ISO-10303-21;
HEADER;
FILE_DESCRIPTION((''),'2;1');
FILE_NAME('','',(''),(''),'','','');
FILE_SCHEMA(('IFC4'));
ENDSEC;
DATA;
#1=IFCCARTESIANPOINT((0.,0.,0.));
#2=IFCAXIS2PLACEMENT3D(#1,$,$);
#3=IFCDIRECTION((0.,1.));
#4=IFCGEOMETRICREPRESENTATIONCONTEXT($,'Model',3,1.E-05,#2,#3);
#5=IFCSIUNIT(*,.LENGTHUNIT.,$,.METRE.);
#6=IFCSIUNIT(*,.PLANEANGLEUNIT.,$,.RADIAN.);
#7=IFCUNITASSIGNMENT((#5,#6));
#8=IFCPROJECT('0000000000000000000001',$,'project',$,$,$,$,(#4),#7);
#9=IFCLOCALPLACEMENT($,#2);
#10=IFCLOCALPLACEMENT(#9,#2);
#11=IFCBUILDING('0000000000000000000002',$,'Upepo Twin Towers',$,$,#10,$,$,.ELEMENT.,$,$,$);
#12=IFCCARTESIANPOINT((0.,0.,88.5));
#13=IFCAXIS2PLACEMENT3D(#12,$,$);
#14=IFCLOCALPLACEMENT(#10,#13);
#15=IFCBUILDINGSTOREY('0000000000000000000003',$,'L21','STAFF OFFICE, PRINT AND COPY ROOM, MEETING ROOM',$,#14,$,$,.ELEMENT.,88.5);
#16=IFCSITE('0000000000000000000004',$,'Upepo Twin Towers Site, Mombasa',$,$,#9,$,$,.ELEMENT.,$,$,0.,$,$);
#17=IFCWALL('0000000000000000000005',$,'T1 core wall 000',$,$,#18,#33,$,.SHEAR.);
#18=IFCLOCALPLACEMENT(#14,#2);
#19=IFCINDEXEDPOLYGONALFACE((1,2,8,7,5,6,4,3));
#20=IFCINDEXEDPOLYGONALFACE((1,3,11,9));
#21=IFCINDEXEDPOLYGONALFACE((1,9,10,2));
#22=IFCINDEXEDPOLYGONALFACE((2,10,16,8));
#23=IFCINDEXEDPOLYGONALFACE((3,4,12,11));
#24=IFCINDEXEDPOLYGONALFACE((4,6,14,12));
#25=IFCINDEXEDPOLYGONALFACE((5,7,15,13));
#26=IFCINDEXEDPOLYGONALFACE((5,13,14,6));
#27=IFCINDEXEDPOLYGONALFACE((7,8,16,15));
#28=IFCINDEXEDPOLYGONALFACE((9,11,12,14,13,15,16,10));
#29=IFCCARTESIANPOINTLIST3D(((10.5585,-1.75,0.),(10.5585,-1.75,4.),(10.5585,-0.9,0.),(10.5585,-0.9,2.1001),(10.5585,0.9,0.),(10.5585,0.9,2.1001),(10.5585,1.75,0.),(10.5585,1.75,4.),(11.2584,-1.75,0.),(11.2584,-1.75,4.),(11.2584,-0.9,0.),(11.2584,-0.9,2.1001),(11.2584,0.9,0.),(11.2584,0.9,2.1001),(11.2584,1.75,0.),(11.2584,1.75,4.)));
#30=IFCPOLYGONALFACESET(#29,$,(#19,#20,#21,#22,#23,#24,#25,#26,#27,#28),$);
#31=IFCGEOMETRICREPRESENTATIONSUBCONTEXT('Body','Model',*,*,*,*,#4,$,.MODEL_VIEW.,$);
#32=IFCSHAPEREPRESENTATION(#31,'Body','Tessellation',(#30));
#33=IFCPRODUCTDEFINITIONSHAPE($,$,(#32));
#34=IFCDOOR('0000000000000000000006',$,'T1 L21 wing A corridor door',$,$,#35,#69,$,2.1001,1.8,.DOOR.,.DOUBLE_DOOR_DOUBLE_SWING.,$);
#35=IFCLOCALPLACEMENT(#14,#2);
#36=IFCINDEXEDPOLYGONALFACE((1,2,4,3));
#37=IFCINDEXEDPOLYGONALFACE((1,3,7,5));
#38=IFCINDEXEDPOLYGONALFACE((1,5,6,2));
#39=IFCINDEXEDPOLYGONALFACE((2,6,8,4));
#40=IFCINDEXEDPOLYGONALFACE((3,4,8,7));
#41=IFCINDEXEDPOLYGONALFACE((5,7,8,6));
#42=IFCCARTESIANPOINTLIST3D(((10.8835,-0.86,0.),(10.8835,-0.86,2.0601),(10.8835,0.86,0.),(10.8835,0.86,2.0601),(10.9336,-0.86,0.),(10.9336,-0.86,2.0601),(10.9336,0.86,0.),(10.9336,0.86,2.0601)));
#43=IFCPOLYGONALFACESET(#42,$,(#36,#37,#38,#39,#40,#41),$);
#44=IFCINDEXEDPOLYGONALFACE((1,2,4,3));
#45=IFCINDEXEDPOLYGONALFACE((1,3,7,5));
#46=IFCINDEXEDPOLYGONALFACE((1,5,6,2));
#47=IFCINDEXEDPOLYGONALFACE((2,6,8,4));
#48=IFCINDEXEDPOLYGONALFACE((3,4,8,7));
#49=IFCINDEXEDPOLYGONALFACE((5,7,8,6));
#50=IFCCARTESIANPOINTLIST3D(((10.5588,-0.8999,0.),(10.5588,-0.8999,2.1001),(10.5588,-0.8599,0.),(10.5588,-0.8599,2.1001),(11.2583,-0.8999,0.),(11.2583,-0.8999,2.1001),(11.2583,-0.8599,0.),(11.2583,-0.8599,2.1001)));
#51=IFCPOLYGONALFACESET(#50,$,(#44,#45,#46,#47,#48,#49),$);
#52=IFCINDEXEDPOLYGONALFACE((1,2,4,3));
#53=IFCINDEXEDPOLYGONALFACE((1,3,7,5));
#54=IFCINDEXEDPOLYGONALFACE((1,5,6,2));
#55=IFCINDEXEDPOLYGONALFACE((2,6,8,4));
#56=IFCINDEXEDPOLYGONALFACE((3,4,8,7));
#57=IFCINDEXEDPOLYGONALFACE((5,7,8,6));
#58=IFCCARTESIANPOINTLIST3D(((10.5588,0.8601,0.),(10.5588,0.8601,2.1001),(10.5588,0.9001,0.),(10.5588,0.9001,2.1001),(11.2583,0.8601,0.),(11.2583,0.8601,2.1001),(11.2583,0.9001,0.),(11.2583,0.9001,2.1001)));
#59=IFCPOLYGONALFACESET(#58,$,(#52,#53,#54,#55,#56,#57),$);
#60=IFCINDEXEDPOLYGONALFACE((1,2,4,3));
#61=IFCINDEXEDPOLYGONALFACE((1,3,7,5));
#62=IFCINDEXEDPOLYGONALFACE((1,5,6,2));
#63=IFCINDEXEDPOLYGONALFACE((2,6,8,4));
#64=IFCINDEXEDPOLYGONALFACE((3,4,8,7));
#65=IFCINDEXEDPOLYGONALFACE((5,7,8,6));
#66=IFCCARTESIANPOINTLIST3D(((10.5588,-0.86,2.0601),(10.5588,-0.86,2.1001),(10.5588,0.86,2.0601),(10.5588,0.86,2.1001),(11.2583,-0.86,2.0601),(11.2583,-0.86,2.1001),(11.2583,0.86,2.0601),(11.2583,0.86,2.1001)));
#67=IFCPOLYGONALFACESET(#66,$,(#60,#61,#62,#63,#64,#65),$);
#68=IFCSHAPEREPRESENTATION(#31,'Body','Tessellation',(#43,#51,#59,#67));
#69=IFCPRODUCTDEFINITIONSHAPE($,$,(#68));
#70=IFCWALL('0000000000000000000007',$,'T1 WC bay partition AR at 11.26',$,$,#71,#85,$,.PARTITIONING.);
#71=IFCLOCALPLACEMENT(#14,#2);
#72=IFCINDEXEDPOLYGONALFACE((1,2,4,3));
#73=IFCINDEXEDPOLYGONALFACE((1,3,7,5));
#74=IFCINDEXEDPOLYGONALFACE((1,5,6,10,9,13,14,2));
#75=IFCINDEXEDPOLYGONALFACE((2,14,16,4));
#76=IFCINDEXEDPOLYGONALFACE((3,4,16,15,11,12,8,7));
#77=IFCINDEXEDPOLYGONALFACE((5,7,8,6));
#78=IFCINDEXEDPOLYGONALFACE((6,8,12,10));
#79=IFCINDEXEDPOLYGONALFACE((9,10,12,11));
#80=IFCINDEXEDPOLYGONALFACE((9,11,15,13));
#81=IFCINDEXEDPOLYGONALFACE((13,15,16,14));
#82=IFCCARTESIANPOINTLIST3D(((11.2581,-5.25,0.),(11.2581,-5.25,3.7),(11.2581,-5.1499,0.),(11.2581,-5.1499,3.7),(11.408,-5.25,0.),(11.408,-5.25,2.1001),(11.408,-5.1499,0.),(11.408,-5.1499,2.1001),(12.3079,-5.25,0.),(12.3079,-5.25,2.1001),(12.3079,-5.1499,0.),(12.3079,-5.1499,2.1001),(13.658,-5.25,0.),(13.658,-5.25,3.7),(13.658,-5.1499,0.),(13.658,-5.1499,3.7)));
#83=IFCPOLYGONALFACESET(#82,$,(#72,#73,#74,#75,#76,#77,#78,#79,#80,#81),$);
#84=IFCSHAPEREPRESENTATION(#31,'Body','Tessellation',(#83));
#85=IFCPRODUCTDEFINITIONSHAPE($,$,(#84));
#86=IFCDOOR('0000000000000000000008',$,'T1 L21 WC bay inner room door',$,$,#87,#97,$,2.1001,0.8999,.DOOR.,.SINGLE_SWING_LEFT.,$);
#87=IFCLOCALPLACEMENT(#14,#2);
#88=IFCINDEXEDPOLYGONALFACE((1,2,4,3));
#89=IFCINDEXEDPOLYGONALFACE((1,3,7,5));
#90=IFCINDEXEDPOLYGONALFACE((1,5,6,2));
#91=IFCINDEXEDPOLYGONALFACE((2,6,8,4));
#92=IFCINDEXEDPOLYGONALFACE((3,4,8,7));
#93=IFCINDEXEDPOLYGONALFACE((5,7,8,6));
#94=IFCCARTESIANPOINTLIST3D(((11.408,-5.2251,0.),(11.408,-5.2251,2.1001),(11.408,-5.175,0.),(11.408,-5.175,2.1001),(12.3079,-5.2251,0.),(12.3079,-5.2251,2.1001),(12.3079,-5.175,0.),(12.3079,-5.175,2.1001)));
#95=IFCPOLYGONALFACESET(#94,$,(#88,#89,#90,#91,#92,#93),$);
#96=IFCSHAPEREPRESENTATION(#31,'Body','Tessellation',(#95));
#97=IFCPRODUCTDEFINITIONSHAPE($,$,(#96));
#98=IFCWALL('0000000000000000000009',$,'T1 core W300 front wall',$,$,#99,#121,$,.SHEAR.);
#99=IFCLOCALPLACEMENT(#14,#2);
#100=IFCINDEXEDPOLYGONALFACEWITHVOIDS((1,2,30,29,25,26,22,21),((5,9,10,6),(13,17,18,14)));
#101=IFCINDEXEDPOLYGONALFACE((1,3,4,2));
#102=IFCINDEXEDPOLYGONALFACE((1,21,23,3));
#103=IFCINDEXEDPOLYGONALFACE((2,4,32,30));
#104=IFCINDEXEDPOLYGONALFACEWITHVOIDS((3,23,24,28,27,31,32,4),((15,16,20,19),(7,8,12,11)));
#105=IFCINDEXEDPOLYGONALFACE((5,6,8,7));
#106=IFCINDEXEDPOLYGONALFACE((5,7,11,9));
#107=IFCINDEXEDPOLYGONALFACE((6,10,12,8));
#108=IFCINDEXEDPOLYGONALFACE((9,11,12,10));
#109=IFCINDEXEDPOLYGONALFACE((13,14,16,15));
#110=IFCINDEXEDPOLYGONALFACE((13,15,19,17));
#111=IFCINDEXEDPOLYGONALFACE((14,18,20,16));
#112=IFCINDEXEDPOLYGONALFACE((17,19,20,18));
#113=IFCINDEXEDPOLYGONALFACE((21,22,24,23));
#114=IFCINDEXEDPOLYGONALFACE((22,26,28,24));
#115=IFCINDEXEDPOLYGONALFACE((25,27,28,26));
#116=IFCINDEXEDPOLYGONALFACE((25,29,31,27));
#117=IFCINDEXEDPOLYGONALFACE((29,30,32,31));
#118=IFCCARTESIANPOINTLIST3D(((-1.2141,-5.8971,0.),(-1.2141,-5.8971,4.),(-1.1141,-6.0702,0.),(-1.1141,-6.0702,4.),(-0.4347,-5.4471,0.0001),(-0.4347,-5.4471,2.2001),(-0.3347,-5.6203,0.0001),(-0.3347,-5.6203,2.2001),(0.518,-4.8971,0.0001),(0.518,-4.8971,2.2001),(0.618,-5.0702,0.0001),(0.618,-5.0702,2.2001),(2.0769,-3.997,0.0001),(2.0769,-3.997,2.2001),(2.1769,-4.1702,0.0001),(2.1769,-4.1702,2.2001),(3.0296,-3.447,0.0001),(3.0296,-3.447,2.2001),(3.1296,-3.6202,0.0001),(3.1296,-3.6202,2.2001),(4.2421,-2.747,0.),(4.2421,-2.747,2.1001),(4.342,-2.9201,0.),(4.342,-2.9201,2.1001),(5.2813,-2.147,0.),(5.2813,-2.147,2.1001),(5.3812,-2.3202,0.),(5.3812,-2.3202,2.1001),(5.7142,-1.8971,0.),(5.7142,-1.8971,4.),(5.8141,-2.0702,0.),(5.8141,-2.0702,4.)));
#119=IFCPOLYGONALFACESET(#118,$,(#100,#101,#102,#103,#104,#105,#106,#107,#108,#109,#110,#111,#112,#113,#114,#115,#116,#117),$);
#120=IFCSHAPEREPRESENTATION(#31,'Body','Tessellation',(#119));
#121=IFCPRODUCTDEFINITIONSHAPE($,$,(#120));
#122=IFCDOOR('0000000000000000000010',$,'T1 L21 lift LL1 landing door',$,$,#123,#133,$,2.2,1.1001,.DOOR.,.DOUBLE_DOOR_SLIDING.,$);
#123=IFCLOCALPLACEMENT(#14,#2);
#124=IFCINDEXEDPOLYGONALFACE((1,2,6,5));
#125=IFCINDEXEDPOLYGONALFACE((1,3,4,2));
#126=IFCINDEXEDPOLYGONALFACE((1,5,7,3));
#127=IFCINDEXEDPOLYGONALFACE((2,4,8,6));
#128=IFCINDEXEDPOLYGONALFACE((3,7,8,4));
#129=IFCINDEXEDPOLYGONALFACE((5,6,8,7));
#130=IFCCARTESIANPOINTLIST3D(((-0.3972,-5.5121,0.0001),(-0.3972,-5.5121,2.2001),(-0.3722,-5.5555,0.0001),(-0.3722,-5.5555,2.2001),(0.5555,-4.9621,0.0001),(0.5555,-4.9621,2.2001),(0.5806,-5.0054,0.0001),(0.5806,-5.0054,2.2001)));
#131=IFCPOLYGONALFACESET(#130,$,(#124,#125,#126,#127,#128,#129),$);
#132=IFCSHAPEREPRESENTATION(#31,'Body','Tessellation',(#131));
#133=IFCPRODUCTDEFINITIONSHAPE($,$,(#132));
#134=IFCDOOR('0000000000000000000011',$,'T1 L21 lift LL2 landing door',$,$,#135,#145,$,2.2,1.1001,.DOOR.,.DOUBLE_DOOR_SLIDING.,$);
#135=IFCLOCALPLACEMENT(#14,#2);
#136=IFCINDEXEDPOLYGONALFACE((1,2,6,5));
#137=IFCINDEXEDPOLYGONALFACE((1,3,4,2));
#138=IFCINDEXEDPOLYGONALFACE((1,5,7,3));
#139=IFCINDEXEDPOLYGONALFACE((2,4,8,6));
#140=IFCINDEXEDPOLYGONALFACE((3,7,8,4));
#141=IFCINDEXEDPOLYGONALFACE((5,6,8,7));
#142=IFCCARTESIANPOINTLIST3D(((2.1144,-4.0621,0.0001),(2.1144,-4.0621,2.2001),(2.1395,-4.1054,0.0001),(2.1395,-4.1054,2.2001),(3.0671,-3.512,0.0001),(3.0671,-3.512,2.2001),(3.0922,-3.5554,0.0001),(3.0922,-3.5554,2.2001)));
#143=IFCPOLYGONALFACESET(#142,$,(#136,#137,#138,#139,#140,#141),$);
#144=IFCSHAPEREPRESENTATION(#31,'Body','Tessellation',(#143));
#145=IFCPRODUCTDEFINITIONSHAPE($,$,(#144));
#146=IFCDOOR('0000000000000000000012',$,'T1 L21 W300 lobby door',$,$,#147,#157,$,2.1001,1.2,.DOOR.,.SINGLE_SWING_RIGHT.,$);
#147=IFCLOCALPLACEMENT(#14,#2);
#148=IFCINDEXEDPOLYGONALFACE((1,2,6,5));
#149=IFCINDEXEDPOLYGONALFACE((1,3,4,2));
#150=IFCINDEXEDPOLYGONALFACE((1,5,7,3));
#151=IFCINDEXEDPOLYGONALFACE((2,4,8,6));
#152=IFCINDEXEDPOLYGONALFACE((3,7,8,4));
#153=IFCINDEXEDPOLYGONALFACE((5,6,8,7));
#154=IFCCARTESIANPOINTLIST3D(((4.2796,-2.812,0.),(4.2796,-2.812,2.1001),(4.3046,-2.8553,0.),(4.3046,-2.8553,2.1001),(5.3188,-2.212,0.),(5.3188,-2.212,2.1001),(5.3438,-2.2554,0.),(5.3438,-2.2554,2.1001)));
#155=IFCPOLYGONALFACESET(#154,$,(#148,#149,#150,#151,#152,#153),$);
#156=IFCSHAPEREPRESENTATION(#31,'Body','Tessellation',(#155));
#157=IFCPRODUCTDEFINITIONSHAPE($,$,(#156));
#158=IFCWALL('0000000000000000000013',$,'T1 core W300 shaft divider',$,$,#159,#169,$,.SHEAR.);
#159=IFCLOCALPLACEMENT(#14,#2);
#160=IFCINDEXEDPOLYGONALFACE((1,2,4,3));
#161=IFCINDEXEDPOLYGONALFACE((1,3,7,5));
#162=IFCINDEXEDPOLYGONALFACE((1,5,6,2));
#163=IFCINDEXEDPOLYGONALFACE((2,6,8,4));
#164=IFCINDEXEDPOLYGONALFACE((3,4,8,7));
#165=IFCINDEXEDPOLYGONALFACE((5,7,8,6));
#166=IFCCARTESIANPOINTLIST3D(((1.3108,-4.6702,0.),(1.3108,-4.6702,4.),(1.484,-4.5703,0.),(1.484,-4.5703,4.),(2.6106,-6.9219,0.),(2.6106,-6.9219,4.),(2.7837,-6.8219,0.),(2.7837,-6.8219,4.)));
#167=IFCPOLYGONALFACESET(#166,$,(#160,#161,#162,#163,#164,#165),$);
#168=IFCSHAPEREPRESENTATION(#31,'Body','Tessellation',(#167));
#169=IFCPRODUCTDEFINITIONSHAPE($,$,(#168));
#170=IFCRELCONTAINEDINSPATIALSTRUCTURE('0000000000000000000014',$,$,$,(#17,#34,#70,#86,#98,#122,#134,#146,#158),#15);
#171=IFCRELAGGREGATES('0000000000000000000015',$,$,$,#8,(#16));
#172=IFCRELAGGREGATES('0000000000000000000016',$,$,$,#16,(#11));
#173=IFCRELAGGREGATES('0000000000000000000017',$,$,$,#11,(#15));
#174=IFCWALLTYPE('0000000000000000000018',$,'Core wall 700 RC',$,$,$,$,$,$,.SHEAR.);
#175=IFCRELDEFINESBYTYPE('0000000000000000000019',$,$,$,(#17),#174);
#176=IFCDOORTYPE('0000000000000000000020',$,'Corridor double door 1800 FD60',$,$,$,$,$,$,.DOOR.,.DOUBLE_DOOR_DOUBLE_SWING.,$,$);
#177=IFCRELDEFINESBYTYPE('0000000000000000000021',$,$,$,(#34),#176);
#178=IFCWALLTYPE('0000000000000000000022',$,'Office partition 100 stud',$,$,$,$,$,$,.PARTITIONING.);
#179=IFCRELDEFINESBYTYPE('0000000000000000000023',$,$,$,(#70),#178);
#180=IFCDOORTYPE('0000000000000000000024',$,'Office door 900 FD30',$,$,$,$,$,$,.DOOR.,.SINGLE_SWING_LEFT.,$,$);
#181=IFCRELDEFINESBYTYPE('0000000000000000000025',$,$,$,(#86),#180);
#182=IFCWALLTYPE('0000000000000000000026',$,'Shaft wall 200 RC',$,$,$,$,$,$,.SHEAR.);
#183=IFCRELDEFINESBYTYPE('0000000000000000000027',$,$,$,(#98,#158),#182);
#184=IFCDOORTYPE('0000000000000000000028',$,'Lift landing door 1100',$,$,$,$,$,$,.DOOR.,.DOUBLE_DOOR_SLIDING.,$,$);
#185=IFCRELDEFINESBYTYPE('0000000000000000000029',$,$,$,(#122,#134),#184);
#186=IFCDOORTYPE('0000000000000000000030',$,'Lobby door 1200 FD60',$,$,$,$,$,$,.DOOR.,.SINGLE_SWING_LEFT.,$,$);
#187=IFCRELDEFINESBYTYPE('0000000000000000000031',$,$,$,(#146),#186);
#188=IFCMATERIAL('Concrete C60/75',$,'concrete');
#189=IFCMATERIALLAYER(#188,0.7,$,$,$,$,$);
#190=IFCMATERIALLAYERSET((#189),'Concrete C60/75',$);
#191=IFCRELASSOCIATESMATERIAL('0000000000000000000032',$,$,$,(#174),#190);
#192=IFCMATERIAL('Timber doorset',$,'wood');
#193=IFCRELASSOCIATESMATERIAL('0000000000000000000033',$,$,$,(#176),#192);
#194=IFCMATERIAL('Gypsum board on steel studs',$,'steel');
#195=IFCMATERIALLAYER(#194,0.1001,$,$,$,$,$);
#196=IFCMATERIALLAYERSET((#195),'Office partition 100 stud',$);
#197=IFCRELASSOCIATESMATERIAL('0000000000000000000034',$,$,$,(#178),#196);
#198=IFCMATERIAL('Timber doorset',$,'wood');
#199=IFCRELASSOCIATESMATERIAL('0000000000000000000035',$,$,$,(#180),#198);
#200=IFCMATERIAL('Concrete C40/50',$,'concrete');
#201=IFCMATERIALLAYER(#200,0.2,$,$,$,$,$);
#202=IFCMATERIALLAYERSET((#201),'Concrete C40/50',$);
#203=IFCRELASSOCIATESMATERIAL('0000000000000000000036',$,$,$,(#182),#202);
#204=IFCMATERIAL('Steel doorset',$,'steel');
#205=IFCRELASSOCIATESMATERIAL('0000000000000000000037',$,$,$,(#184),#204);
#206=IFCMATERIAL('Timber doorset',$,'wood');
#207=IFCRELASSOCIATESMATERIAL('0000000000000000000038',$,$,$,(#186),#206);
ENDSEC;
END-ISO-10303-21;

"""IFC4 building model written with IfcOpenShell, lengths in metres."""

from ifc_helpers import new_model, si_unit, direction, frame, frame_2d, origin, place, context, subcontext, project, spatial, rectangle, extrude, material, layer, layer_set, type_object, element, fill, save


model = new_model("IFC4")

# Units and contexts
model_context = context("Model", 3, precision=1e-05, world=origin(), true_north=direction((0.0, 1.0)))
body_context = subcontext(model_context, "Body", "Model", "MODEL_VIEW")
ifc_project = project(units=[si_unit("LENGTHUNIT", "METRE"), si_unit("PLANEANGLEUNIT", "RADIAN")], contexts=[model_context])

# Site, building, storey
site_placement = place(None, origin())
site = spatial("IfcSite", under=ifc_project, at=site_placement, Name="Upepo Twin Towers Site, Mombasa", CompositionType="ELEMENT", RefElevation=0.0)
building_placement = place(site_placement, origin())
building = spatial("IfcBuilding", under=site, at=building_placement, Name="Upepo Twin Towers", CompositionType="ELEMENT")
storey_placement = place(building_placement, frame((0.0, 0.0, 88.5)))
storey = spatial("IfcBuildingStorey", under=building, at=storey_placement, Name="L21", Description="STAFF OFFICE, PRINT AND COPY ROOM, MEETING ROOM", CompositionType="ELEMENT", Elevation=88.5)

# Shared definitions
ifc_material_1 = material(Name="Concrete C60/75", Category="concrete")
ifc_layer_1 = layer(ifc_material_1, 0.7)
ifc_layer_set_1 = layer_set([ifc_layer_1], Name="Concrete C60/75")
wall_type_1 = type_object("IfcWallType", Name="Core wall 700 RC", PredefinedType="SHEAR", material=ifc_layer_set_1)

# Walls, openings, doors
wall_1_placement = place(storey_placement, frame((10.9084, -1.75, 0.0), z_axis=(0.0, 0.0, 1.0), x_axis=(0.0, 1.0, 0.0)))
wall_1 = element("IfcWall", 1, at=wall_1_placement, inside=storey, type_object=wall_type_1, Name="T1 core wall 000", PredefinedType="SHEAR", context=body_context, shape_type="SweptSolid", body=[
    extrude(rectangle(XDim=3.5, YDim=0.7, at=frame_2d((1.75, 0.0))), origin(), (0.0, 0.0, 1.0), 4.0),
])
opening_1_placement = place(wall_1_placement, frame((0.8501, 0.0, 0.0)))
opening_1 = element("IfcOpeningElement", 2, at=opening_1_placement, cuts=wall_1, PredefinedType="OPENING", context=body_context, shape_type="SweptSolid", body=[
    extrude(rectangle(XDim=1.8, YDim=2.1001, at=frame_2d((0.8999, 1.05))), frame((0.0, 0.3599, 0.0), z_axis=(0.0, -1.0, 0.0), x_axis=(1.0, 0.0, 0.0)), (0.0, 0.0, 1.0), 0.72),
])
ifc_material_2 = material(Name="Timber doorset", Category="wood")
door_type_1 = type_object("IfcDoorType", Name="Corridor double door 1800 FD60", OperationType="DOUBLE_DOOR_DOUBLE_SWING", PredefinedType="DOOR", material=ifc_material_2)
door_1_placement = place(opening_1_placement, origin())
door_1 = element("IfcDoor", 3, at=door_1_placement, inside=storey, type_object=door_type_1, Name="T1 L21 wing A corridor door", OperationType="DOUBLE_DOOR_DOUBLE_SWING", OverallHeight=2.1001, OverallWidth=1.8, PredefinedType="DOOR", context=body_context, shape_type="SweptSolid", body=[
    extrude(rectangle(XDim=1.72, YDim=2.0601, at=frame_2d((0.8999, 1.03))), frame((0.0, 0.0249, 0.0), z_axis=(0.0, -1.0, 0.0), x_axis=(1.0, 0.0, 0.0)), (0.0, 0.0, 1.0), 0.05),
    extrude(rectangle(XDim=0.04, YDim=2.1001, at=frame_2d((0.02, 1.05))), frame((0.0, 0.3496, 0.0), z_axis=(0.0, -1.0, 0.0), x_axis=(1.0, 0.0, 0.0)), (0.0, 0.0, 1.0), 0.6995),
    extrude(rectangle(XDim=0.04, YDim=2.1001, at=frame_2d((1.78, 1.05))), frame((0.0, 0.3496, 0.0), z_axis=(0.0, -1.0, 0.0), x_axis=(1.0, 0.0, 0.0)), (0.0, 0.0, 1.0), 0.6995),
    extrude(rectangle(XDim=1.72, YDim=0.04, at=frame_2d((0.8999, 2.0801))), frame((0.0, 0.3496, 0.0), z_axis=(0.0, -1.0, 0.0), x_axis=(1.0, 0.0, 0.0)), (0.0, 0.0, 1.0), 0.6995),
])
fill(opening_1, door_1)
ifc_material_3 = material(Name="Gypsum board on steel studs", Category="steel")
ifc_layer_2 = layer(ifc_material_3, 0.1001)
ifc_layer_set_2 = layer_set([ifc_layer_2], Name="Office partition 100 stud")
wall_type_2 = type_object("IfcWallType", Name="Office partition 100 stud", PredefinedType="PARTITIONING", material=ifc_layer_set_2)
wall_2_placement = place(storey_placement, frame((11.2581, -5.2, 0.0), z_axis=(0.0, 0.0, 1.0), x_axis=(1.0, 0.0, 0.0)))
wall_2 = element("IfcWall", 4, at=wall_2_placement, inside=storey, type_object=wall_type_2, Name="T1 WC bay partition AR at 11.26", PredefinedType="PARTITIONING", context=body_context, shape_type="SweptSolid", body=[
    extrude(rectangle(XDim=2.3999, YDim=0.1001, at=frame_2d((1.2, 0.0))), origin(), (0.0, 0.0, 1.0), 3.7),
])
opening_2_placement = place(wall_2_placement, frame((0.1499, 0.0, 0.0)))
opening_2 = element("IfcOpeningElement", 5, at=opening_2_placement, cuts=wall_2, PredefinedType="OPENING", context=body_context, shape_type="SweptSolid", body=[
    extrude(rectangle(XDim=0.8999, YDim=2.1001, at=frame_2d((0.45, 1.05))), frame((0.0, 0.0601, 0.0), z_axis=(0.0, -1.0, 0.0), x_axis=(1.0, 0.0, 0.0)), (0.0, 0.0, 1.0), 0.1201),
])
ifc_material_4 = material(Name="Timber doorset", Category="wood")
door_type_2 = type_object("IfcDoorType", Name="Office door 900 FD30", OperationType="SINGLE_SWING_LEFT", PredefinedType="DOOR", material=ifc_material_4)
door_2_placement = place(opening_2_placement, origin())
door_2 = element("IfcDoor", 6, at=door_2_placement, inside=storey, type_object=door_type_2, Name="T1 L21 WC bay inner room door", OperationType="SINGLE_SWING_LEFT", OverallHeight=2.1001, OverallWidth=0.8999, PredefinedType="DOOR", context=body_context, shape_type="SweptSolid", body=[
    extrude(rectangle(XDim=0.8999, YDim=2.1001, at=frame_2d((0.45, 1.05))), frame((0.0, 0.0249, 0.0), z_axis=(0.0, -1.0, 0.0), x_axis=(1.0, 0.0, 0.0)), (0.0, 0.0, 1.0), 0.05),
])
fill(opening_2, door_2)

# Wall, openings, doors
ifc_material_5 = material(Name="Concrete C40/50", Category="concrete")
ifc_layer_3 = layer(ifc_material_5, 0.2)
ifc_layer_set_3 = layer_set([ifc_layer_3], Name="Concrete C40/50")
wall_type_3 = type_object("IfcWallType", Name="Shaft wall 200 RC", PredefinedType="SHEAR", material=ifc_layer_set_3)
wall_3_placement = place(storey_placement, frame((-1.1641, -5.9836, 0.0), z_axis=(0.0, 0.0, 1.0), x_axis=(0.866026, 0.499999, 0.0)))
wall_3 = element("IfcWall", 7, at=wall_3_placement, inside=storey, type_object=wall_type_3, Name="T1 core W300 front wall", PredefinedType="SHEAR", context=body_context, shape_type="SweptSolid", body=[
    extrude(rectangle(XDim=8.0, YDim=0.2, at=frame_2d((4.0, 0.0))), origin(), (0.0, 0.0, 1.0), 4.0),
])
opening_3_placement = place(wall_3_placement, frame((6.3, 0.0, 0.0)))
opening_3 = element("IfcOpeningElement", 8, at=opening_3_placement, cuts=wall_3, PredefinedType="OPENING", context=body_context, shape_type="SweptSolid", body=[
    extrude(rectangle(XDim=1.2, YDim=2.1001, at=frame_2d((0.6001, 1.05))), frame((0.0, 0.1099, 0.0), z_axis=(0.0, -1.0, 0.0), x_axis=(1.0, 0.0, 0.0)), (0.0, 0.0, 1.0), 0.22),
])
opening_4_placement = place(wall_3_placement, frame((0.8999, 0.0, 0.0)))
opening_4 = element("IfcOpeningElement", 9, at=opening_4_placement, cuts=wall_3, PredefinedType="OPENING", context=body_context, shape_type="SweptSolid", body=[
    extrude(rectangle(XDim=1.1001, YDim=2.2, at=frame_2d((0.55, 1.1001))), frame((0.0, 0.1099, 0.0), z_axis=(0.0, -1.0, 0.0), x_axis=(1.0, 0.0, 0.0)), (0.0, 0.0, 1.0), 0.22),
])
opening_5_placement = place(wall_3_placement, frame((3.8, 0.0, 0.0)))
opening_5 = element("IfcOpeningElement", 10, at=opening_5_placement, cuts=wall_3, PredefinedType="OPENING", context=body_context, shape_type="SweptSolid", body=[
    extrude(rectangle(XDim=1.1001, YDim=2.2, at=frame_2d((0.55, 1.1001))), frame((0.0, 0.1099, 0.0), z_axis=(0.0, -1.0, 0.0), x_axis=(1.0, 0.0, 0.0)), (0.0, 0.0, 1.0), 0.22),
])
ifc_material_6 = material(Name="Steel doorset", Category="steel")
door_type_3 = type_object("IfcDoorType", Name="Lift landing door 1100", OperationType="DOUBLE_DOOR_SLIDING", PredefinedType="DOOR", material=ifc_material_6)
door_3_placement = place(opening_4_placement, origin())
door_3 = element("IfcDoor", 11, at=door_3_placement, inside=storey, type_object=door_type_3, Name="T1 L21 lift LL1 landing door", OperationType="DOUBLE_DOOR_SLIDING", OverallHeight=2.2, OverallWidth=1.1001, PredefinedType="DOOR", context=body_context, shape_type="SweptSolid", body=[
    extrude(rectangle(XDim=1.1001, YDim=2.2, at=frame_2d((0.55, 1.1001))), frame((0.0, 0.0249, 0.0), z_axis=(0.0, -1.0, 0.0), x_axis=(1.0, 0.0, 0.0)), (0.0, 0.0, 1.0), 0.05),
])
fill(opening_4, door_3)
door_4_placement = place(opening_5_placement, origin())
door_4 = element("IfcDoor", 12, at=door_4_placement, inside=storey, type_object=door_type_3, Name="T1 L21 lift LL2 landing door", OperationType="DOUBLE_DOOR_SLIDING", OverallHeight=2.2, OverallWidth=1.1001, PredefinedType="DOOR", context=body_context, shape_type="SweptSolid", body=[
    extrude(rectangle(XDim=1.1001, YDim=2.2, at=frame_2d((0.55, 1.1001))), frame((0.0, 0.0249, 0.0), z_axis=(0.0, -1.0, 0.0), x_axis=(1.0, 0.0, 0.0)), (0.0, 0.0, 1.0), 0.05),
])
fill(opening_5, door_4)
ifc_material_7 = material(Name="Timber doorset", Category="wood")
door_type_4 = type_object("IfcDoorType", Name="Lobby door 1200 FD60", OperationType="SINGLE_SWING_LEFT", PredefinedType="DOOR", material=ifc_material_7)
door_5_placement = place(opening_3_placement, origin())
door_5 = element("IfcDoor", 13, at=door_5_placement, inside=storey, type_object=door_type_4, Name="T1 L21 W300 lobby door", OperationType="SINGLE_SWING_RIGHT", OverallHeight=2.1001, OverallWidth=1.2, PredefinedType="DOOR", context=body_context, shape_type="SweptSolid", body=[
    extrude(rectangle(XDim=1.2, YDim=2.1001, at=frame_2d((0.6001, 1.05))), frame((0.0, 0.0249, 0.0), z_axis=(0.0, -1.0, 0.0), x_axis=(1.0, 0.0, 0.0)), (0.0, 0.0, 1.0), 0.05),
])
fill(opening_3, door_5)

# Wall
wall_4_placement = place(storey_placement, frame((1.3975, -4.6204, 0.0), z_axis=(0.0, 0.0, 1.0), x_axis=(0.499937, -0.866062, 0.0)))
element("IfcWall", 14, at=wall_4_placement, inside=storey, type_object=wall_type_3, Name="T1 core W300 shaft divider", PredefinedType="SHEAR", context=body_context, shape_type="SweptSolid", body=[
    extrude(rectangle(XDim=2.5999, YDim=0.2, at=frame_2d((1.2998, 0.0))), origin(), (0.0, 0.0, 1.0), 4.0),
])

save(model, "model.ifc")
